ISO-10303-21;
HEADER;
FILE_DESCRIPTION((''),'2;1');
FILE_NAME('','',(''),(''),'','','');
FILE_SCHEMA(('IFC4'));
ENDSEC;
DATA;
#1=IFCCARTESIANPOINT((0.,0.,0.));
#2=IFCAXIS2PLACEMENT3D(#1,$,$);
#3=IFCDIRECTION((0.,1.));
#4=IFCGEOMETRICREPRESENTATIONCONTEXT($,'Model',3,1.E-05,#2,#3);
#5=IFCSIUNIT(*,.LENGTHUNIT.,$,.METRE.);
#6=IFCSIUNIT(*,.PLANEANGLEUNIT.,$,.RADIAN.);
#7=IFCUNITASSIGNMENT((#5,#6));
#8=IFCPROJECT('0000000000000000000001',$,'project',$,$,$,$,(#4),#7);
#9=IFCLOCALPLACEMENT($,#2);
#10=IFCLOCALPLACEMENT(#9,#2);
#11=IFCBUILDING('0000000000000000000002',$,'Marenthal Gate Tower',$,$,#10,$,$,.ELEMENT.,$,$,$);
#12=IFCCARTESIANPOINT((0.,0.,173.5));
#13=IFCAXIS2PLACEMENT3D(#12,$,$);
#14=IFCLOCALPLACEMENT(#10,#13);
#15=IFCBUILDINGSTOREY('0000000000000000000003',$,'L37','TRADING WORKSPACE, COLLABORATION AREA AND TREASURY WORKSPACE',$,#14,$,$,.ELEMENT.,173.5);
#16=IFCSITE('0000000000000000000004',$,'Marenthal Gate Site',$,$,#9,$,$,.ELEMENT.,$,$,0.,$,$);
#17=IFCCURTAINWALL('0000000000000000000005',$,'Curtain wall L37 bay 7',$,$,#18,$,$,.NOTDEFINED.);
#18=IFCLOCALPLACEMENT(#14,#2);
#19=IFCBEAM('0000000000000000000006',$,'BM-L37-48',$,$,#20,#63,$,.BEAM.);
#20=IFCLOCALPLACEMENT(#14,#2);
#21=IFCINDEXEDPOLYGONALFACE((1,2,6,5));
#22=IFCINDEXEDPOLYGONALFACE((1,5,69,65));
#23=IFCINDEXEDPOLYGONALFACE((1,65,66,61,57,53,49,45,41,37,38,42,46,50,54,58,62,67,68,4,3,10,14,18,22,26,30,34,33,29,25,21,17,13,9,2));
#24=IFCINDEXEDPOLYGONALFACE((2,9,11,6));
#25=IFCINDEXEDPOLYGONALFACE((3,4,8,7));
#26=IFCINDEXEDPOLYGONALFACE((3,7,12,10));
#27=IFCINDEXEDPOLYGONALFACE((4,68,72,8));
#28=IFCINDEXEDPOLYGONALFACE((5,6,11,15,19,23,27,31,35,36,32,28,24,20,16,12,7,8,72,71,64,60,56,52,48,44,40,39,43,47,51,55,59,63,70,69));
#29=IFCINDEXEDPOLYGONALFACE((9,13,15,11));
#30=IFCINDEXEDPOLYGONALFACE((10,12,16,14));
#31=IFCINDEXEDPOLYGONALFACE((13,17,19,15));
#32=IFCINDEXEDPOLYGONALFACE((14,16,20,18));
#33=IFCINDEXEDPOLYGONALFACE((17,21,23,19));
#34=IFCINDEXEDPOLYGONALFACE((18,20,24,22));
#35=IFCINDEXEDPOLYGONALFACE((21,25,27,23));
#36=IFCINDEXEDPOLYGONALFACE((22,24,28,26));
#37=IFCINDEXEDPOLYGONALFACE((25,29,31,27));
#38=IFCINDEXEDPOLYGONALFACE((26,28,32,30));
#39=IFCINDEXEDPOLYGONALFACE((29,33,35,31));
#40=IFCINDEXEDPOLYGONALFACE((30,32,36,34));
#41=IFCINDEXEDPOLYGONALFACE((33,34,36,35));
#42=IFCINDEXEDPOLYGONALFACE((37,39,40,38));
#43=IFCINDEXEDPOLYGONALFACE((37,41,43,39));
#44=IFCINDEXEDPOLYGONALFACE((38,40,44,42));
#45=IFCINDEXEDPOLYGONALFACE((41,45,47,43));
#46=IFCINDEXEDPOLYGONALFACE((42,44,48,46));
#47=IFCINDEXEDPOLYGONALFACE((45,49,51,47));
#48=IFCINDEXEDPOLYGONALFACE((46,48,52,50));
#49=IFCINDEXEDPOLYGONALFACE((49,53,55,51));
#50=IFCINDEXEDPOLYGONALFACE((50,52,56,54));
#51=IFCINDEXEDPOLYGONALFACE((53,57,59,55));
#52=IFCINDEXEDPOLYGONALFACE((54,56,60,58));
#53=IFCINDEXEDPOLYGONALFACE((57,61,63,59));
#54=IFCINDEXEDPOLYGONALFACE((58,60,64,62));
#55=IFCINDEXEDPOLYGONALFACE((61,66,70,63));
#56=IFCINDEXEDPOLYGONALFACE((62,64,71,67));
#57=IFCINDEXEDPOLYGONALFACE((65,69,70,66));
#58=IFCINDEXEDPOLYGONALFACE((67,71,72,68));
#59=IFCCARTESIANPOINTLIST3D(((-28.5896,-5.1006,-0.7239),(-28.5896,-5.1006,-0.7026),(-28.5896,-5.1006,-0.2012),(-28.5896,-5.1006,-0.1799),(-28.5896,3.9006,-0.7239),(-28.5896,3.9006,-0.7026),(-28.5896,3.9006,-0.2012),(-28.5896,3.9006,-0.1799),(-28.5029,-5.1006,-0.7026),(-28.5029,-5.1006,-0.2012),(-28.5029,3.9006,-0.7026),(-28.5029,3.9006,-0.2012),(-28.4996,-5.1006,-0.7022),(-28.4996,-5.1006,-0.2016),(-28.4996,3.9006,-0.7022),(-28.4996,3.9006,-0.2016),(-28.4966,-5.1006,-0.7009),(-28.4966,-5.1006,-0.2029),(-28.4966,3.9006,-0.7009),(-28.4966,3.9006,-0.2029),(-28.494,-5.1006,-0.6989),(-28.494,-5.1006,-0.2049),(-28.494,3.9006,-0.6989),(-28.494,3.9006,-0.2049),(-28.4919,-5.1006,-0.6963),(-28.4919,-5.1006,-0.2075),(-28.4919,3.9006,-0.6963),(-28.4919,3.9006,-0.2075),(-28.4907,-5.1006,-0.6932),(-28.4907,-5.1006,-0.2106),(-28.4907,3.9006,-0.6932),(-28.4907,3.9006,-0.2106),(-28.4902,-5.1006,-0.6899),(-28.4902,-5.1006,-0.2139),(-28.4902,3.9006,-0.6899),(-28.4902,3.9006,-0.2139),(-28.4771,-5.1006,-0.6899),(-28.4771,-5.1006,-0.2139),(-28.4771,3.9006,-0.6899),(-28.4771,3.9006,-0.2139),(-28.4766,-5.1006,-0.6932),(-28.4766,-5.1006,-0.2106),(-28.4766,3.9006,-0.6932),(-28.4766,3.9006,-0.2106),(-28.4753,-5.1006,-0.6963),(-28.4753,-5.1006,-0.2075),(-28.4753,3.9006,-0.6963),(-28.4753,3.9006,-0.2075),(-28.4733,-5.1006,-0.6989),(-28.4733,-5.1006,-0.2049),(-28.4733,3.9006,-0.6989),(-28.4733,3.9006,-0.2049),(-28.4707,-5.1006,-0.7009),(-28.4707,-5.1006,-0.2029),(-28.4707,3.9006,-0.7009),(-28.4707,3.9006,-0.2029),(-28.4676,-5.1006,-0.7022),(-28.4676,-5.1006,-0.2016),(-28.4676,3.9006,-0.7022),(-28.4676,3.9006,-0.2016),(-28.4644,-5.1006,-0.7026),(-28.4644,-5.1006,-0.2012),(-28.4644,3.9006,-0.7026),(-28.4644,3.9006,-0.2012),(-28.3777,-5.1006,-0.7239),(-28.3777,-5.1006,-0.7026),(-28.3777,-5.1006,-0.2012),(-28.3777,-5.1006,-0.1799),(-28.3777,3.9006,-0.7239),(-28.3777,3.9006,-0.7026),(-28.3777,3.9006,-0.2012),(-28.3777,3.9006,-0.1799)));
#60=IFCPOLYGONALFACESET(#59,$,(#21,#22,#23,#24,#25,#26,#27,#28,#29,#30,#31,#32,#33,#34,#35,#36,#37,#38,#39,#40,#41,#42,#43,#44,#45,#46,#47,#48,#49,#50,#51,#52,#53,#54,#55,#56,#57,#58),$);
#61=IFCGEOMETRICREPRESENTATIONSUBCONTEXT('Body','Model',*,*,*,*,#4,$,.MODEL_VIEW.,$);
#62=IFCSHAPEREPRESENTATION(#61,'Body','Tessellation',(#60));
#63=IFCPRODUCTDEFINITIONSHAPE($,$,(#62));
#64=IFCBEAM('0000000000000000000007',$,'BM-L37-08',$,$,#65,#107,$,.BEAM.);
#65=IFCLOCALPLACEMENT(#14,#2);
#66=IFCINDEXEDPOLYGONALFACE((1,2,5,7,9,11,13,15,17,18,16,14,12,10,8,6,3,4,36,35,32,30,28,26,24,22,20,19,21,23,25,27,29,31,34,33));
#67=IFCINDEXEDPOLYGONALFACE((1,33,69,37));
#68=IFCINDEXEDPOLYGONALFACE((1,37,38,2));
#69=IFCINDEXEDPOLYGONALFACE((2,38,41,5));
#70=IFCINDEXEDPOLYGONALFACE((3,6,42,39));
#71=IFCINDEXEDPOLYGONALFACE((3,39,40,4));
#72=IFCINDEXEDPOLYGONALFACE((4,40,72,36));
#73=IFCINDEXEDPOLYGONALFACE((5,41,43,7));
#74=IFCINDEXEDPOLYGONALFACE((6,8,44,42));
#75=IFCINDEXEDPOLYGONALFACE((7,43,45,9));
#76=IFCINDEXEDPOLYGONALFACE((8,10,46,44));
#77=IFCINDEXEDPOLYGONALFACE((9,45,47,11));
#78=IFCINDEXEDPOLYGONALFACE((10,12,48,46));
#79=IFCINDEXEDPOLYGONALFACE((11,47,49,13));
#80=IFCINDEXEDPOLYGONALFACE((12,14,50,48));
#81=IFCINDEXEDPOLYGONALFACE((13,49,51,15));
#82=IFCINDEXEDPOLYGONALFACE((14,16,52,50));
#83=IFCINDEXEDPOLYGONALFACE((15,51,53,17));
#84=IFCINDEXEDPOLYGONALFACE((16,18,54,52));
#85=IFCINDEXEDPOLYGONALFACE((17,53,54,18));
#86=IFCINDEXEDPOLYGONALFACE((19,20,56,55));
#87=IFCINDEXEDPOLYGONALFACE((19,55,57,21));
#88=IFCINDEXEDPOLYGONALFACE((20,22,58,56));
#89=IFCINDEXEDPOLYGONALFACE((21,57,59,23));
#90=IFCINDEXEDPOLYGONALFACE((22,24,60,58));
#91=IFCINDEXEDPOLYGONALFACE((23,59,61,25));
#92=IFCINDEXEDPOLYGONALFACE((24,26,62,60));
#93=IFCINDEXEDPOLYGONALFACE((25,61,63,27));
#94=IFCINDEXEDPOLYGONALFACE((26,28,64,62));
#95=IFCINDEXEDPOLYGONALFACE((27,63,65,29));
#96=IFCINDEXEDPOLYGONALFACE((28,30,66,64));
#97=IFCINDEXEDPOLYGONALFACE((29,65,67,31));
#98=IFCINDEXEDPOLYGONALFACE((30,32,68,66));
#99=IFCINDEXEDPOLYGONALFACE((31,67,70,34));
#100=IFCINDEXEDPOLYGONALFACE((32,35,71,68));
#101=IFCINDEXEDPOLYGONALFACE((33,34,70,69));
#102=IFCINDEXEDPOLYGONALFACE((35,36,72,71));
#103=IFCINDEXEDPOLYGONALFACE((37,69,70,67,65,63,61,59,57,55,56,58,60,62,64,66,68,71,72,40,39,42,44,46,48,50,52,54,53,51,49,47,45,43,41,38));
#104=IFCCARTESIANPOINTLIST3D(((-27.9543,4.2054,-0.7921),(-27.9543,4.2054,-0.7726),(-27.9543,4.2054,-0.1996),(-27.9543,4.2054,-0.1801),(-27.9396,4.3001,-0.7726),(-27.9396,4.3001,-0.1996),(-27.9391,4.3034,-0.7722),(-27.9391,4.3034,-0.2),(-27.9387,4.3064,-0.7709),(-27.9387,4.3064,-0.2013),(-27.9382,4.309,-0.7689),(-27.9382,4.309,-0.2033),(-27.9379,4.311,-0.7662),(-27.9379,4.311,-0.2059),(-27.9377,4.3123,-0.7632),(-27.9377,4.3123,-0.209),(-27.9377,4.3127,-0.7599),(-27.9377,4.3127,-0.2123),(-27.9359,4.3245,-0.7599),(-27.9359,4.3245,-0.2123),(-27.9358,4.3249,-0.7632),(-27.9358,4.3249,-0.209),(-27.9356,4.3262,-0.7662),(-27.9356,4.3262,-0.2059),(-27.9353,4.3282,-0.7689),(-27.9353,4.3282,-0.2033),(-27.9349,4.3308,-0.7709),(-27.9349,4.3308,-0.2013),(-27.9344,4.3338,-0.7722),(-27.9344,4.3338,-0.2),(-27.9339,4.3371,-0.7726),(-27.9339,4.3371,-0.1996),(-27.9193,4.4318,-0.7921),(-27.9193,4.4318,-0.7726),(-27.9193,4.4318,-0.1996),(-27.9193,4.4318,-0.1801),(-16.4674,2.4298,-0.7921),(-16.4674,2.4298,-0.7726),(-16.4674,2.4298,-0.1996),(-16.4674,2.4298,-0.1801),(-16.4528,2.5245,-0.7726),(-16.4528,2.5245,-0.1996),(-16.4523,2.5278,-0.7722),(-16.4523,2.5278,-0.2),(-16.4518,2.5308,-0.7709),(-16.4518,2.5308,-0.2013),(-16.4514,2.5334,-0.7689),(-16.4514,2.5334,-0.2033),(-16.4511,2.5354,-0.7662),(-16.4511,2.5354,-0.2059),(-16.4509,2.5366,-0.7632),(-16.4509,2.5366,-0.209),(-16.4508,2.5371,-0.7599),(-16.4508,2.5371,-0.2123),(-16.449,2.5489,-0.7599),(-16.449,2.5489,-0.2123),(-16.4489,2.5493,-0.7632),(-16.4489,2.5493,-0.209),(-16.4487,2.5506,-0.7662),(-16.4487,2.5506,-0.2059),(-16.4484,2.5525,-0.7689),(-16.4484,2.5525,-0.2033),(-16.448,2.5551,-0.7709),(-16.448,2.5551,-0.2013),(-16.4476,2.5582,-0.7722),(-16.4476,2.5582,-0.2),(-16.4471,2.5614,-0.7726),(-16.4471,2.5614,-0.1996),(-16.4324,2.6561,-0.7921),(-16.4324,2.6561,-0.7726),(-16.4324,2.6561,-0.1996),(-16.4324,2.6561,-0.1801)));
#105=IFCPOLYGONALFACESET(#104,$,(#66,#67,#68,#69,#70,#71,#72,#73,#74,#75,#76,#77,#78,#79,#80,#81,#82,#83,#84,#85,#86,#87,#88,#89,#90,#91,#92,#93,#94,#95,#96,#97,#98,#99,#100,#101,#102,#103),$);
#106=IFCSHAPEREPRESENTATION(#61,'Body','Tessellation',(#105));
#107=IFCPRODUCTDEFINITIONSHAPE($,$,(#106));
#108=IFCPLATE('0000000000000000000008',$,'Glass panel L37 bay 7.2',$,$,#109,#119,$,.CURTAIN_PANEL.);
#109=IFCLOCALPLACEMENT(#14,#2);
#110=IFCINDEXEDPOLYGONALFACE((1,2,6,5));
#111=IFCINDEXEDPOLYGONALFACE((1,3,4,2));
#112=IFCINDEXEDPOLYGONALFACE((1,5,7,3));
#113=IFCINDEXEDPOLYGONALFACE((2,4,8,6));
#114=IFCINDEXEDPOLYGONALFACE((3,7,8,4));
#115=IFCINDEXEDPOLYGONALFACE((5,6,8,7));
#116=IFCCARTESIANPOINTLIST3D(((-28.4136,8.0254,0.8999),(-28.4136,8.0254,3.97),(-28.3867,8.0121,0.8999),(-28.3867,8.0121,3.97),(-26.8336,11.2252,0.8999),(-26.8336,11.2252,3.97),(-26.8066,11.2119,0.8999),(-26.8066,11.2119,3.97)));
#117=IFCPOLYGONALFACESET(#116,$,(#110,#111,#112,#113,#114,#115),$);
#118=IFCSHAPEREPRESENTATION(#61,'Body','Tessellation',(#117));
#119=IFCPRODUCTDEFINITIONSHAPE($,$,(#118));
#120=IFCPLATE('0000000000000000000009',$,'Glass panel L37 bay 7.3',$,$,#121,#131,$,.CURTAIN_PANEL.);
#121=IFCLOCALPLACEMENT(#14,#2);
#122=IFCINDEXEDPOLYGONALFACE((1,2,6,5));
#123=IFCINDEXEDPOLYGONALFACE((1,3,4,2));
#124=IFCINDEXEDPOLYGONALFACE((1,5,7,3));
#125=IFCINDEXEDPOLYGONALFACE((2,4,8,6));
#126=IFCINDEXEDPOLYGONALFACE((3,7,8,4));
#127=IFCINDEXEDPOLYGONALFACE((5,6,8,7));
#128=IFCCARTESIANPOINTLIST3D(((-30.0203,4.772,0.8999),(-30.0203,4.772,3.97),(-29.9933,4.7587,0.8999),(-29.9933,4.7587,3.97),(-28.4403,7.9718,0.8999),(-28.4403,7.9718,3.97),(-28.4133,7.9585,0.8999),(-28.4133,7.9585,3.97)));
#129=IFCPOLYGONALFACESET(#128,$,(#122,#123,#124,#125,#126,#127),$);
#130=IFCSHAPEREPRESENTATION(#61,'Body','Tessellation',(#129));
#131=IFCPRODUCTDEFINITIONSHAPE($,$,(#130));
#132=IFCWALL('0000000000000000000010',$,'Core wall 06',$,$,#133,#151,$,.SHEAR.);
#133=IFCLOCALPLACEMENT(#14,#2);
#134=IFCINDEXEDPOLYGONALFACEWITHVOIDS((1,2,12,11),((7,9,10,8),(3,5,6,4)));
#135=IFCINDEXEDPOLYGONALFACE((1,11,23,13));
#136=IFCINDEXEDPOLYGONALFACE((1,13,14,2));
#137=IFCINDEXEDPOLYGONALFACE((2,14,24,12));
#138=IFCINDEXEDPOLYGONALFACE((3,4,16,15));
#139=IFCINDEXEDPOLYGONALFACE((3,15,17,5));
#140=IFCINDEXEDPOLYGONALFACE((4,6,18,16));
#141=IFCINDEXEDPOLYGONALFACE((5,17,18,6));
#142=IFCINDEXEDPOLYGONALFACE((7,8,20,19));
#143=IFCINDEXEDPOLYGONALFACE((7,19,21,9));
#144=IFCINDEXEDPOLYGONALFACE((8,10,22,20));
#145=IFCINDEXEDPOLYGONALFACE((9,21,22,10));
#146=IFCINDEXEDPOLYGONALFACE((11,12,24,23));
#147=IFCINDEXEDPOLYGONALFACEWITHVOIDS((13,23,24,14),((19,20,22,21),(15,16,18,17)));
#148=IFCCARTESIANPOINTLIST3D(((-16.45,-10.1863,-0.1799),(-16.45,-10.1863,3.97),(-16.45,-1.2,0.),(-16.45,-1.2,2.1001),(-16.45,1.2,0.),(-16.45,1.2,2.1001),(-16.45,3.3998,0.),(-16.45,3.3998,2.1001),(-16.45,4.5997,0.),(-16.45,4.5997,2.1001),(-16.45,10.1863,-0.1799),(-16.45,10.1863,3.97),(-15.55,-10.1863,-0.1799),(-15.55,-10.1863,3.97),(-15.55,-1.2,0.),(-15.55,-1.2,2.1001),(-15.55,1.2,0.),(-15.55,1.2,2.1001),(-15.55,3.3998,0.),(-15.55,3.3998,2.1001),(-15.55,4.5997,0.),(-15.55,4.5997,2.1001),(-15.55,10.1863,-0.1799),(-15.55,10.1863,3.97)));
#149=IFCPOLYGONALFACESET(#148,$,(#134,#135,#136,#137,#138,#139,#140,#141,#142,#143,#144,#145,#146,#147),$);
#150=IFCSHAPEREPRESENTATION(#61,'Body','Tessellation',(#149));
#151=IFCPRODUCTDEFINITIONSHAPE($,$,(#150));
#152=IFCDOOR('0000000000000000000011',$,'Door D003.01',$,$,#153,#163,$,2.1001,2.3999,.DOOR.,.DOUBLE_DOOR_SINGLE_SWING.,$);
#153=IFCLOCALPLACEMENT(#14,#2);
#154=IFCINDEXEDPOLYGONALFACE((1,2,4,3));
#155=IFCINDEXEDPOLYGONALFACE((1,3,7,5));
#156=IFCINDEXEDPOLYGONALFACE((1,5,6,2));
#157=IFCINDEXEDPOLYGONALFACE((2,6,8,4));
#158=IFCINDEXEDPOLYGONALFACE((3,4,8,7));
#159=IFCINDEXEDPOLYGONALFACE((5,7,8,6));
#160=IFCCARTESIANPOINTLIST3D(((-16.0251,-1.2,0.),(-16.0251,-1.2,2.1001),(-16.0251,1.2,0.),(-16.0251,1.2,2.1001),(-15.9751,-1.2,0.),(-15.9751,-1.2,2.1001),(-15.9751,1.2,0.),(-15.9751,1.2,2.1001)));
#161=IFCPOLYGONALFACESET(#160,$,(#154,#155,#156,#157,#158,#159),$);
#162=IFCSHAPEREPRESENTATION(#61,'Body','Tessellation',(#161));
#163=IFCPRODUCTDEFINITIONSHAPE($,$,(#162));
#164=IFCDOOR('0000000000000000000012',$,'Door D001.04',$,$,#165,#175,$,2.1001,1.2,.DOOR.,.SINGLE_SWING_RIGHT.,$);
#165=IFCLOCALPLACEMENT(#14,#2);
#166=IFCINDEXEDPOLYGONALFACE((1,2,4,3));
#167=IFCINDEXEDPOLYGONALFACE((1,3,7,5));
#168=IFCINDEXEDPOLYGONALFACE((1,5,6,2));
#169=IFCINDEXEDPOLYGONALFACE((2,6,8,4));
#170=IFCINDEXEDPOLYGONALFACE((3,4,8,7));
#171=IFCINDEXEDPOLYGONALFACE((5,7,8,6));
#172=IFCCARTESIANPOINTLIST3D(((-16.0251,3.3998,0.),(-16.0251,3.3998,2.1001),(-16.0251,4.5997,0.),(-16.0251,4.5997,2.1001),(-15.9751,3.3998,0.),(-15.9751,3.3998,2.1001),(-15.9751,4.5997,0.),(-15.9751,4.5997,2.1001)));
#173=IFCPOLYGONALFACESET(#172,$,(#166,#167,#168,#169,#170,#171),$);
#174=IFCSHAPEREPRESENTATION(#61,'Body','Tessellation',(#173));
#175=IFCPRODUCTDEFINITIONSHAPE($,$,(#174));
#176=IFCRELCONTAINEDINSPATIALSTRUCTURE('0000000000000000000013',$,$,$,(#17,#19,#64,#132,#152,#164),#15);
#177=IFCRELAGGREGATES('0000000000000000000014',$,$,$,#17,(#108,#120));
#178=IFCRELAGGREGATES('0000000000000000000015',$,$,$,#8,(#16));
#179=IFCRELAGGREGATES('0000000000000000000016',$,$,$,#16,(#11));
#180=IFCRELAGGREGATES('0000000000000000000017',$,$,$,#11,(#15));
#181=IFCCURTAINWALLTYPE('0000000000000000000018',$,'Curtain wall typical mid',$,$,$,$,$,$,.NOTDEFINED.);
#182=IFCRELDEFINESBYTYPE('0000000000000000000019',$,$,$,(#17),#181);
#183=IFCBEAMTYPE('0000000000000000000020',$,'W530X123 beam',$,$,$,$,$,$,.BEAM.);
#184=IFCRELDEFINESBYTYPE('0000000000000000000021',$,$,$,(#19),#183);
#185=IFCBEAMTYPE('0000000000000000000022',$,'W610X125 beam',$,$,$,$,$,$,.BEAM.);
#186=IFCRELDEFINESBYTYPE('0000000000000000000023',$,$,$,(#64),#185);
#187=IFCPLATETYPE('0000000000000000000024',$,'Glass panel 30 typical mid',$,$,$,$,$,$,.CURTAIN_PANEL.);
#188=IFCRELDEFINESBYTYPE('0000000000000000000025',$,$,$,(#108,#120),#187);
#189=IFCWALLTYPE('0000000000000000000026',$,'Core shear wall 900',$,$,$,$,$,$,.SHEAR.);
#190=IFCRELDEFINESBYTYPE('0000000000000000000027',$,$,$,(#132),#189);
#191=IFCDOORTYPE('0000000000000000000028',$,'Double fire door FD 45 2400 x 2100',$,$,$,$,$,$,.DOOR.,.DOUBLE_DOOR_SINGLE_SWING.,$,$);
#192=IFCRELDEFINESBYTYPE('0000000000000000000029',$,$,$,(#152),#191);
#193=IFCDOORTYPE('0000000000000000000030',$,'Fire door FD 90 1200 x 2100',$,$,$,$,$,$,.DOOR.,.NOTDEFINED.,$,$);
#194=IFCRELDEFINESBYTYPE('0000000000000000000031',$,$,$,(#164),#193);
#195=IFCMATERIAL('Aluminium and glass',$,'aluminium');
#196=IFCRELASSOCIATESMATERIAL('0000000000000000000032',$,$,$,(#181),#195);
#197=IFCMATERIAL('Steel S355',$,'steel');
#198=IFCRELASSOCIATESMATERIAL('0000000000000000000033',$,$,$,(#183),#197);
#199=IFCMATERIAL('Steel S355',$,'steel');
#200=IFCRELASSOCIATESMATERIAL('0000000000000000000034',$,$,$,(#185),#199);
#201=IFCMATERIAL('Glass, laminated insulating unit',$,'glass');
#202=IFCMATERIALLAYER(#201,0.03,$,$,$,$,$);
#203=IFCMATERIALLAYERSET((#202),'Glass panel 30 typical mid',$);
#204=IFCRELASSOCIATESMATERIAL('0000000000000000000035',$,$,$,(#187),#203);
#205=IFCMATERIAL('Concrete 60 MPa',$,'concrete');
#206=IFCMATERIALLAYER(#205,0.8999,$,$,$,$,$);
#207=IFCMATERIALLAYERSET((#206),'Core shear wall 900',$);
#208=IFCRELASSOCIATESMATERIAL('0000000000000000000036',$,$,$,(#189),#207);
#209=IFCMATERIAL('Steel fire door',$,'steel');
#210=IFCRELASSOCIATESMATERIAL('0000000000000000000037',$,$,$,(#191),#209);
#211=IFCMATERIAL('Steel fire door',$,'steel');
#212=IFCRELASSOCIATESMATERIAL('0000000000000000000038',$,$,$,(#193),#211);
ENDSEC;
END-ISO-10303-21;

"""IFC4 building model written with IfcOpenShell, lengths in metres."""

from ifc_helpers import new_model, si_unit, direction, frame, frame_2d, origin, origin_2d, place, context, subcontext, project, spatial, rectangle, i_section, extrude, material, layer, layer_set, material_profile, profile_set, type_object, element, fill, aggregate, save


model = new_model("IFC4")

# Units and contexts
model_context = context("Model", 3, precision=1e-05, world=origin(), true_north=direction((0.0, 1.0)))
body_context = subcontext(model_context, "Body", "Model", "MODEL_VIEW")
ifc_project = project(units=[si_unit("LENGTHUNIT", "METRE"), si_unit("PLANEANGLEUNIT", "RADIAN")], contexts=[model_context])

# Site, building, storey
site_placement = place(None, origin())
site = spatial("IfcSite", under=ifc_project, at=site_placement, Name="Marenthal Gate Site", CompositionType="ELEMENT", RefElevation=0.0)
building_placement = place(site_placement, origin())
building = spatial("IfcBuilding", under=site, at=building_placement, Name="Marenthal Gate Tower", CompositionType="ELEMENT")
storey_placement = place(building_placement, frame((0.0, 0.0, 173.5)))
storey = spatial("IfcBuildingStorey", under=building, at=storey_placement, Name="L37", Description="TRADING WORKSPACE, COLLABORATION AREA AND TREASURY WORKSPACE", CompositionType="ELEMENT", Elevation=173.5)

# Curtain wall
ifc_material_1 = material(Name="Aluminium and glass", Category="aluminium")
curtain_wall_type = type_object("IfcCurtainWallType", Name="Curtain wall typical mid", PredefinedType="NOTDEFINED", material=ifc_material_1)
curtain_wall_placement = place(storey_placement, origin())
curtain_wall = element("IfcCurtainWall", 1, at=curtain_wall_placement, inside=storey, type_object=curtain_wall_type, Name="Curtain wall L37 bay 7", PredefinedType="NOTDEFINED")

# Beams
ifc_material_2 = material(Name="Steel S355", Category="steel")
ifc_material_profile_1 = material_profile(ifc_material_2, i_section(OverallWidth=0.2119, OverallDepth=0.5439, WebThickness=0.0132, FlangeThickness=0.0212, FilletRadius=0.0127, at=origin_2d()), Name="W530X123")
ifc_profile_set_1 = profile_set([ifc_material_profile_1], Name="Steel S355")
beam_type_1 = type_object("IfcBeamType", Name="W530X123 beam", PredefinedType="BEAM", material=ifc_profile_set_1)
beam_1_placement = place(storey_placement, frame((-28.4836, 3.9006, -0.4519), z_axis=(0.0, -1.0, 0.0), x_axis=(1.0, 0.0, 0.0)))
element("IfcBeam", 2, at=beam_1_placement, inside=storey, type_object=beam_type_1, Name="BM-L37-48", PredefinedType="BEAM", context=body_context, shape_type="SweptSolid", body=[
    extrude(i_section(OverallWidth=0.2119, OverallDepth=0.5439, WebThickness=0.0132, FlangeThickness=0.0212, FilletRadius=0.0127, at=origin_2d()), origin(), (0.0, 0.0, 1.0), 9.0012),
])
ifc_material_3 = material(Name="Steel S355", Category="steel")
ifc_material_profile_2 = material_profile(ifc_material_3, i_section(OverallWidth=0.229, OverallDepth=0.6121, WebThickness=0.012, FlangeThickness=0.0195, FilletRadius=0.0127, at=origin_2d()), Name="W610X125")
ifc_profile_set_2 = profile_set([ifc_material_profile_2], Name="Steel S355")
beam_type_2 = type_object("IfcBeamType", Name="W610X125 beam", PredefinedType="BEAM", material=ifc_profile_set_2)
beam_2_placement = place(storey_placement, frame((-27.9368, 4.3186, -0.4861), z_axis=(0.988262, -0.152766, 0.0), x_axis=(0.152766, 0.988262, 0.0)))
element("IfcBeam", 3, at=beam_2_placement, inside=storey, type_object=beam_type_2, Name="BM-L37-08", PredefinedType="BEAM", context=body_context, shape_type="SweptSolid", body=[
    extrude(i_section(OverallWidth=0.229, OverallDepth=0.6121, WebThickness=0.012, FlangeThickness=0.0195, FilletRadius=0.0127, at=origin_2d()), origin(), (0.0, 0.0, 1.0), 11.6233),
])

# Plates
ifc_material_4 = material(Name="Glass, laminated insulating unit", Category="glass")
ifc_layer_1 = layer(ifc_material_4, 0.03)
ifc_layer_set_1 = layer_set([ifc_layer_1], Name="Glass panel 30 typical mid")
plate_type = type_object("IfcPlateType", Name="Glass panel 30 typical mid", PredefinedType="CURTAIN_PANEL", material=ifc_layer_set_1)
plate_1_placement = place(storey_placement, frame((-27.6101, 9.6187, 0.8999), z_axis=(0.0, 0.0, 1.0), x_axis=(-0.442753, -0.896643, 0.0)))
plate_1 = element("IfcPlate", 4, at=plate_1_placement, type_object=plate_type, Name="Glass panel L37 bay 7.2", PredefinedType="CURTAIN_PANEL", context=body_context, shape_type="SweptSolid", body=[
    extrude(rectangle(XDim=3.5686, YDim=0.03, at=origin_2d()), origin(), (0.0, 0.0, 1.0), 3.0701),
])
plate_2_placement = place(storey_placement, frame((-29.2168, 6.3652, 0.8999), z_axis=(0.0, 0.0, 1.0), x_axis=(-0.442753, -0.896643, 0.0)))
plate_2 = element("IfcPlate", 5, at=plate_2_placement, type_object=plate_type, Name="Glass panel L37 bay 7.3", PredefinedType="CURTAIN_PANEL", context=body_context, shape_type="SweptSolid", body=[
    extrude(rectangle(XDim=3.5686, YDim=0.03, at=origin_2d()), origin(), (0.0, 0.0, 1.0), 3.0701),
])
aggregate(curtain_wall, [plate_1, plate_2])

# Wall, openings, doors
ifc_material_5 = material(Name="Concrete 60 MPa", Category="concrete")
ifc_layer_2 = layer(ifc_material_5, 0.8999)
ifc_layer_set_2 = layer_set([ifc_layer_2], Name="Core shear wall 900")
wall_type_1 = type_object("IfcWallType", Name="Core shear wall 900", PredefinedType="SHEAR", material=ifc_layer_set_2)
wall_1_placement = place(storey_placement, frame((-16.0, 10.1863, -0.1799), z_axis=(0.0, 0.0, 1.0), x_axis=(0.0, -1.0, 0.0)))
wall_1 = element("IfcWall", 6, at=wall_1_placement, inside=storey, type_object=wall_type_1, Name="Core wall 06", PredefinedType="SHEAR", context=body_context, shape_type="SweptSolid", body=[
    extrude(rectangle(XDim=20.3726, YDim=0.8999, at=frame_2d((10.1863, 0.0))), origin(), (0.0, 0.0, 1.0), 4.1499),
])
opening_1_placement = place(wall_1_placement, frame((8.9863, 0.0, 0.1799)))
opening_1 = element("IfcOpeningElement", 7, at=opening_1_placement, cuts=wall_1, PredefinedType="OPENING", context=body_context, shape_type="SweptSolid", body=[
    extrude(rectangle(XDim=2.3999, YDim=2.1001, at=frame_2d((1.2, 1.05))), frame((0.0, 0.46, 0.0), z_axis=(0.0, -1.0, 0.0), x_axis=(1.0, 0.0, 0.0)), (0.0, 0.0, 1.0), 0.9199),
])
opening_2_placement = place(wall_1_placement, frame((5.5864, 0.0, 0.1799)))
opening_2 = element("IfcOpeningElement", 8, at=opening_2_placement, cuts=wall_1, PredefinedType="OPENING", context=body_context, shape_type="SweptSolid", body=[
    extrude(rectangle(XDim=1.2, YDim=2.1001, at=frame_2d((0.6001, 1.05))), frame((0.0, 0.46, 0.0), z_axis=(0.0, -1.0, 0.0), x_axis=(1.0, 0.0, 0.0)), (0.0, 0.0, 1.0), 0.9199),
])
ifc_material_6 = material(Name="Steel fire door", Category="steel")
door_type_1 = type_object("IfcDoorType", Name="Double fire door FD 45 2400 x 2100", OperationType="DOUBLE_DOOR_SINGLE_SWING", PredefinedType="DOOR", material=ifc_material_6)
door_1_placement = place(opening_1_placement, origin())
door_1 = element("IfcDoor", 9, at=door_1_placement, inside=storey, type_object=door_type_1, Name="Door D003.01", OperationType="DOUBLE_DOOR_SINGLE_SWING", OverallHeight=2.1001, OverallWidth=2.3999, PredefinedType="DOOR", context=body_context, shape_type="SweptSolid", body=[
    extrude(rectangle(XDim=2.3999, YDim=2.1001, at=frame_2d((1.2, 1.05))), frame((0.0, 0.0249, 0.0), z_axis=(0.0, -1.0, 0.0), x_axis=(1.0, 0.0, 0.0)), (0.0, 0.0, 1.0), 0.05),
])
fill(opening_1, door_1)
ifc_material_7 = material(Name="Steel fire door", Category="steel")
door_type_2 = type_object("IfcDoorType", Name="Fire door FD 90 1200 x 2100", OperationType="NOTDEFINED", PredefinedType="DOOR", material=ifc_material_7)
door_2_placement = place(opening_2_placement, origin())
door_2 = element("IfcDoor", 10, at=door_2_placement, inside=storey, type_object=door_type_2, Name="Door D001.04", OperationType="SINGLE_SWING_RIGHT", OverallHeight=2.1001, OverallWidth=1.2, PredefinedType="DOOR", context=body_context, shape_type="SweptSolid", body=[
    extrude(rectangle(XDim=1.2, YDim=2.1001, at=frame_2d((0.6001, 1.05))), frame((0.0, 0.0249, 0.0), z_axis=(0.0, -1.0, 0.0), x_axis=(1.0, 0.0, 0.0)), (0.0, 0.0, 1.0), 0.05),
])
fill(opening_2, door_2)

save(model, "model.ifc")
